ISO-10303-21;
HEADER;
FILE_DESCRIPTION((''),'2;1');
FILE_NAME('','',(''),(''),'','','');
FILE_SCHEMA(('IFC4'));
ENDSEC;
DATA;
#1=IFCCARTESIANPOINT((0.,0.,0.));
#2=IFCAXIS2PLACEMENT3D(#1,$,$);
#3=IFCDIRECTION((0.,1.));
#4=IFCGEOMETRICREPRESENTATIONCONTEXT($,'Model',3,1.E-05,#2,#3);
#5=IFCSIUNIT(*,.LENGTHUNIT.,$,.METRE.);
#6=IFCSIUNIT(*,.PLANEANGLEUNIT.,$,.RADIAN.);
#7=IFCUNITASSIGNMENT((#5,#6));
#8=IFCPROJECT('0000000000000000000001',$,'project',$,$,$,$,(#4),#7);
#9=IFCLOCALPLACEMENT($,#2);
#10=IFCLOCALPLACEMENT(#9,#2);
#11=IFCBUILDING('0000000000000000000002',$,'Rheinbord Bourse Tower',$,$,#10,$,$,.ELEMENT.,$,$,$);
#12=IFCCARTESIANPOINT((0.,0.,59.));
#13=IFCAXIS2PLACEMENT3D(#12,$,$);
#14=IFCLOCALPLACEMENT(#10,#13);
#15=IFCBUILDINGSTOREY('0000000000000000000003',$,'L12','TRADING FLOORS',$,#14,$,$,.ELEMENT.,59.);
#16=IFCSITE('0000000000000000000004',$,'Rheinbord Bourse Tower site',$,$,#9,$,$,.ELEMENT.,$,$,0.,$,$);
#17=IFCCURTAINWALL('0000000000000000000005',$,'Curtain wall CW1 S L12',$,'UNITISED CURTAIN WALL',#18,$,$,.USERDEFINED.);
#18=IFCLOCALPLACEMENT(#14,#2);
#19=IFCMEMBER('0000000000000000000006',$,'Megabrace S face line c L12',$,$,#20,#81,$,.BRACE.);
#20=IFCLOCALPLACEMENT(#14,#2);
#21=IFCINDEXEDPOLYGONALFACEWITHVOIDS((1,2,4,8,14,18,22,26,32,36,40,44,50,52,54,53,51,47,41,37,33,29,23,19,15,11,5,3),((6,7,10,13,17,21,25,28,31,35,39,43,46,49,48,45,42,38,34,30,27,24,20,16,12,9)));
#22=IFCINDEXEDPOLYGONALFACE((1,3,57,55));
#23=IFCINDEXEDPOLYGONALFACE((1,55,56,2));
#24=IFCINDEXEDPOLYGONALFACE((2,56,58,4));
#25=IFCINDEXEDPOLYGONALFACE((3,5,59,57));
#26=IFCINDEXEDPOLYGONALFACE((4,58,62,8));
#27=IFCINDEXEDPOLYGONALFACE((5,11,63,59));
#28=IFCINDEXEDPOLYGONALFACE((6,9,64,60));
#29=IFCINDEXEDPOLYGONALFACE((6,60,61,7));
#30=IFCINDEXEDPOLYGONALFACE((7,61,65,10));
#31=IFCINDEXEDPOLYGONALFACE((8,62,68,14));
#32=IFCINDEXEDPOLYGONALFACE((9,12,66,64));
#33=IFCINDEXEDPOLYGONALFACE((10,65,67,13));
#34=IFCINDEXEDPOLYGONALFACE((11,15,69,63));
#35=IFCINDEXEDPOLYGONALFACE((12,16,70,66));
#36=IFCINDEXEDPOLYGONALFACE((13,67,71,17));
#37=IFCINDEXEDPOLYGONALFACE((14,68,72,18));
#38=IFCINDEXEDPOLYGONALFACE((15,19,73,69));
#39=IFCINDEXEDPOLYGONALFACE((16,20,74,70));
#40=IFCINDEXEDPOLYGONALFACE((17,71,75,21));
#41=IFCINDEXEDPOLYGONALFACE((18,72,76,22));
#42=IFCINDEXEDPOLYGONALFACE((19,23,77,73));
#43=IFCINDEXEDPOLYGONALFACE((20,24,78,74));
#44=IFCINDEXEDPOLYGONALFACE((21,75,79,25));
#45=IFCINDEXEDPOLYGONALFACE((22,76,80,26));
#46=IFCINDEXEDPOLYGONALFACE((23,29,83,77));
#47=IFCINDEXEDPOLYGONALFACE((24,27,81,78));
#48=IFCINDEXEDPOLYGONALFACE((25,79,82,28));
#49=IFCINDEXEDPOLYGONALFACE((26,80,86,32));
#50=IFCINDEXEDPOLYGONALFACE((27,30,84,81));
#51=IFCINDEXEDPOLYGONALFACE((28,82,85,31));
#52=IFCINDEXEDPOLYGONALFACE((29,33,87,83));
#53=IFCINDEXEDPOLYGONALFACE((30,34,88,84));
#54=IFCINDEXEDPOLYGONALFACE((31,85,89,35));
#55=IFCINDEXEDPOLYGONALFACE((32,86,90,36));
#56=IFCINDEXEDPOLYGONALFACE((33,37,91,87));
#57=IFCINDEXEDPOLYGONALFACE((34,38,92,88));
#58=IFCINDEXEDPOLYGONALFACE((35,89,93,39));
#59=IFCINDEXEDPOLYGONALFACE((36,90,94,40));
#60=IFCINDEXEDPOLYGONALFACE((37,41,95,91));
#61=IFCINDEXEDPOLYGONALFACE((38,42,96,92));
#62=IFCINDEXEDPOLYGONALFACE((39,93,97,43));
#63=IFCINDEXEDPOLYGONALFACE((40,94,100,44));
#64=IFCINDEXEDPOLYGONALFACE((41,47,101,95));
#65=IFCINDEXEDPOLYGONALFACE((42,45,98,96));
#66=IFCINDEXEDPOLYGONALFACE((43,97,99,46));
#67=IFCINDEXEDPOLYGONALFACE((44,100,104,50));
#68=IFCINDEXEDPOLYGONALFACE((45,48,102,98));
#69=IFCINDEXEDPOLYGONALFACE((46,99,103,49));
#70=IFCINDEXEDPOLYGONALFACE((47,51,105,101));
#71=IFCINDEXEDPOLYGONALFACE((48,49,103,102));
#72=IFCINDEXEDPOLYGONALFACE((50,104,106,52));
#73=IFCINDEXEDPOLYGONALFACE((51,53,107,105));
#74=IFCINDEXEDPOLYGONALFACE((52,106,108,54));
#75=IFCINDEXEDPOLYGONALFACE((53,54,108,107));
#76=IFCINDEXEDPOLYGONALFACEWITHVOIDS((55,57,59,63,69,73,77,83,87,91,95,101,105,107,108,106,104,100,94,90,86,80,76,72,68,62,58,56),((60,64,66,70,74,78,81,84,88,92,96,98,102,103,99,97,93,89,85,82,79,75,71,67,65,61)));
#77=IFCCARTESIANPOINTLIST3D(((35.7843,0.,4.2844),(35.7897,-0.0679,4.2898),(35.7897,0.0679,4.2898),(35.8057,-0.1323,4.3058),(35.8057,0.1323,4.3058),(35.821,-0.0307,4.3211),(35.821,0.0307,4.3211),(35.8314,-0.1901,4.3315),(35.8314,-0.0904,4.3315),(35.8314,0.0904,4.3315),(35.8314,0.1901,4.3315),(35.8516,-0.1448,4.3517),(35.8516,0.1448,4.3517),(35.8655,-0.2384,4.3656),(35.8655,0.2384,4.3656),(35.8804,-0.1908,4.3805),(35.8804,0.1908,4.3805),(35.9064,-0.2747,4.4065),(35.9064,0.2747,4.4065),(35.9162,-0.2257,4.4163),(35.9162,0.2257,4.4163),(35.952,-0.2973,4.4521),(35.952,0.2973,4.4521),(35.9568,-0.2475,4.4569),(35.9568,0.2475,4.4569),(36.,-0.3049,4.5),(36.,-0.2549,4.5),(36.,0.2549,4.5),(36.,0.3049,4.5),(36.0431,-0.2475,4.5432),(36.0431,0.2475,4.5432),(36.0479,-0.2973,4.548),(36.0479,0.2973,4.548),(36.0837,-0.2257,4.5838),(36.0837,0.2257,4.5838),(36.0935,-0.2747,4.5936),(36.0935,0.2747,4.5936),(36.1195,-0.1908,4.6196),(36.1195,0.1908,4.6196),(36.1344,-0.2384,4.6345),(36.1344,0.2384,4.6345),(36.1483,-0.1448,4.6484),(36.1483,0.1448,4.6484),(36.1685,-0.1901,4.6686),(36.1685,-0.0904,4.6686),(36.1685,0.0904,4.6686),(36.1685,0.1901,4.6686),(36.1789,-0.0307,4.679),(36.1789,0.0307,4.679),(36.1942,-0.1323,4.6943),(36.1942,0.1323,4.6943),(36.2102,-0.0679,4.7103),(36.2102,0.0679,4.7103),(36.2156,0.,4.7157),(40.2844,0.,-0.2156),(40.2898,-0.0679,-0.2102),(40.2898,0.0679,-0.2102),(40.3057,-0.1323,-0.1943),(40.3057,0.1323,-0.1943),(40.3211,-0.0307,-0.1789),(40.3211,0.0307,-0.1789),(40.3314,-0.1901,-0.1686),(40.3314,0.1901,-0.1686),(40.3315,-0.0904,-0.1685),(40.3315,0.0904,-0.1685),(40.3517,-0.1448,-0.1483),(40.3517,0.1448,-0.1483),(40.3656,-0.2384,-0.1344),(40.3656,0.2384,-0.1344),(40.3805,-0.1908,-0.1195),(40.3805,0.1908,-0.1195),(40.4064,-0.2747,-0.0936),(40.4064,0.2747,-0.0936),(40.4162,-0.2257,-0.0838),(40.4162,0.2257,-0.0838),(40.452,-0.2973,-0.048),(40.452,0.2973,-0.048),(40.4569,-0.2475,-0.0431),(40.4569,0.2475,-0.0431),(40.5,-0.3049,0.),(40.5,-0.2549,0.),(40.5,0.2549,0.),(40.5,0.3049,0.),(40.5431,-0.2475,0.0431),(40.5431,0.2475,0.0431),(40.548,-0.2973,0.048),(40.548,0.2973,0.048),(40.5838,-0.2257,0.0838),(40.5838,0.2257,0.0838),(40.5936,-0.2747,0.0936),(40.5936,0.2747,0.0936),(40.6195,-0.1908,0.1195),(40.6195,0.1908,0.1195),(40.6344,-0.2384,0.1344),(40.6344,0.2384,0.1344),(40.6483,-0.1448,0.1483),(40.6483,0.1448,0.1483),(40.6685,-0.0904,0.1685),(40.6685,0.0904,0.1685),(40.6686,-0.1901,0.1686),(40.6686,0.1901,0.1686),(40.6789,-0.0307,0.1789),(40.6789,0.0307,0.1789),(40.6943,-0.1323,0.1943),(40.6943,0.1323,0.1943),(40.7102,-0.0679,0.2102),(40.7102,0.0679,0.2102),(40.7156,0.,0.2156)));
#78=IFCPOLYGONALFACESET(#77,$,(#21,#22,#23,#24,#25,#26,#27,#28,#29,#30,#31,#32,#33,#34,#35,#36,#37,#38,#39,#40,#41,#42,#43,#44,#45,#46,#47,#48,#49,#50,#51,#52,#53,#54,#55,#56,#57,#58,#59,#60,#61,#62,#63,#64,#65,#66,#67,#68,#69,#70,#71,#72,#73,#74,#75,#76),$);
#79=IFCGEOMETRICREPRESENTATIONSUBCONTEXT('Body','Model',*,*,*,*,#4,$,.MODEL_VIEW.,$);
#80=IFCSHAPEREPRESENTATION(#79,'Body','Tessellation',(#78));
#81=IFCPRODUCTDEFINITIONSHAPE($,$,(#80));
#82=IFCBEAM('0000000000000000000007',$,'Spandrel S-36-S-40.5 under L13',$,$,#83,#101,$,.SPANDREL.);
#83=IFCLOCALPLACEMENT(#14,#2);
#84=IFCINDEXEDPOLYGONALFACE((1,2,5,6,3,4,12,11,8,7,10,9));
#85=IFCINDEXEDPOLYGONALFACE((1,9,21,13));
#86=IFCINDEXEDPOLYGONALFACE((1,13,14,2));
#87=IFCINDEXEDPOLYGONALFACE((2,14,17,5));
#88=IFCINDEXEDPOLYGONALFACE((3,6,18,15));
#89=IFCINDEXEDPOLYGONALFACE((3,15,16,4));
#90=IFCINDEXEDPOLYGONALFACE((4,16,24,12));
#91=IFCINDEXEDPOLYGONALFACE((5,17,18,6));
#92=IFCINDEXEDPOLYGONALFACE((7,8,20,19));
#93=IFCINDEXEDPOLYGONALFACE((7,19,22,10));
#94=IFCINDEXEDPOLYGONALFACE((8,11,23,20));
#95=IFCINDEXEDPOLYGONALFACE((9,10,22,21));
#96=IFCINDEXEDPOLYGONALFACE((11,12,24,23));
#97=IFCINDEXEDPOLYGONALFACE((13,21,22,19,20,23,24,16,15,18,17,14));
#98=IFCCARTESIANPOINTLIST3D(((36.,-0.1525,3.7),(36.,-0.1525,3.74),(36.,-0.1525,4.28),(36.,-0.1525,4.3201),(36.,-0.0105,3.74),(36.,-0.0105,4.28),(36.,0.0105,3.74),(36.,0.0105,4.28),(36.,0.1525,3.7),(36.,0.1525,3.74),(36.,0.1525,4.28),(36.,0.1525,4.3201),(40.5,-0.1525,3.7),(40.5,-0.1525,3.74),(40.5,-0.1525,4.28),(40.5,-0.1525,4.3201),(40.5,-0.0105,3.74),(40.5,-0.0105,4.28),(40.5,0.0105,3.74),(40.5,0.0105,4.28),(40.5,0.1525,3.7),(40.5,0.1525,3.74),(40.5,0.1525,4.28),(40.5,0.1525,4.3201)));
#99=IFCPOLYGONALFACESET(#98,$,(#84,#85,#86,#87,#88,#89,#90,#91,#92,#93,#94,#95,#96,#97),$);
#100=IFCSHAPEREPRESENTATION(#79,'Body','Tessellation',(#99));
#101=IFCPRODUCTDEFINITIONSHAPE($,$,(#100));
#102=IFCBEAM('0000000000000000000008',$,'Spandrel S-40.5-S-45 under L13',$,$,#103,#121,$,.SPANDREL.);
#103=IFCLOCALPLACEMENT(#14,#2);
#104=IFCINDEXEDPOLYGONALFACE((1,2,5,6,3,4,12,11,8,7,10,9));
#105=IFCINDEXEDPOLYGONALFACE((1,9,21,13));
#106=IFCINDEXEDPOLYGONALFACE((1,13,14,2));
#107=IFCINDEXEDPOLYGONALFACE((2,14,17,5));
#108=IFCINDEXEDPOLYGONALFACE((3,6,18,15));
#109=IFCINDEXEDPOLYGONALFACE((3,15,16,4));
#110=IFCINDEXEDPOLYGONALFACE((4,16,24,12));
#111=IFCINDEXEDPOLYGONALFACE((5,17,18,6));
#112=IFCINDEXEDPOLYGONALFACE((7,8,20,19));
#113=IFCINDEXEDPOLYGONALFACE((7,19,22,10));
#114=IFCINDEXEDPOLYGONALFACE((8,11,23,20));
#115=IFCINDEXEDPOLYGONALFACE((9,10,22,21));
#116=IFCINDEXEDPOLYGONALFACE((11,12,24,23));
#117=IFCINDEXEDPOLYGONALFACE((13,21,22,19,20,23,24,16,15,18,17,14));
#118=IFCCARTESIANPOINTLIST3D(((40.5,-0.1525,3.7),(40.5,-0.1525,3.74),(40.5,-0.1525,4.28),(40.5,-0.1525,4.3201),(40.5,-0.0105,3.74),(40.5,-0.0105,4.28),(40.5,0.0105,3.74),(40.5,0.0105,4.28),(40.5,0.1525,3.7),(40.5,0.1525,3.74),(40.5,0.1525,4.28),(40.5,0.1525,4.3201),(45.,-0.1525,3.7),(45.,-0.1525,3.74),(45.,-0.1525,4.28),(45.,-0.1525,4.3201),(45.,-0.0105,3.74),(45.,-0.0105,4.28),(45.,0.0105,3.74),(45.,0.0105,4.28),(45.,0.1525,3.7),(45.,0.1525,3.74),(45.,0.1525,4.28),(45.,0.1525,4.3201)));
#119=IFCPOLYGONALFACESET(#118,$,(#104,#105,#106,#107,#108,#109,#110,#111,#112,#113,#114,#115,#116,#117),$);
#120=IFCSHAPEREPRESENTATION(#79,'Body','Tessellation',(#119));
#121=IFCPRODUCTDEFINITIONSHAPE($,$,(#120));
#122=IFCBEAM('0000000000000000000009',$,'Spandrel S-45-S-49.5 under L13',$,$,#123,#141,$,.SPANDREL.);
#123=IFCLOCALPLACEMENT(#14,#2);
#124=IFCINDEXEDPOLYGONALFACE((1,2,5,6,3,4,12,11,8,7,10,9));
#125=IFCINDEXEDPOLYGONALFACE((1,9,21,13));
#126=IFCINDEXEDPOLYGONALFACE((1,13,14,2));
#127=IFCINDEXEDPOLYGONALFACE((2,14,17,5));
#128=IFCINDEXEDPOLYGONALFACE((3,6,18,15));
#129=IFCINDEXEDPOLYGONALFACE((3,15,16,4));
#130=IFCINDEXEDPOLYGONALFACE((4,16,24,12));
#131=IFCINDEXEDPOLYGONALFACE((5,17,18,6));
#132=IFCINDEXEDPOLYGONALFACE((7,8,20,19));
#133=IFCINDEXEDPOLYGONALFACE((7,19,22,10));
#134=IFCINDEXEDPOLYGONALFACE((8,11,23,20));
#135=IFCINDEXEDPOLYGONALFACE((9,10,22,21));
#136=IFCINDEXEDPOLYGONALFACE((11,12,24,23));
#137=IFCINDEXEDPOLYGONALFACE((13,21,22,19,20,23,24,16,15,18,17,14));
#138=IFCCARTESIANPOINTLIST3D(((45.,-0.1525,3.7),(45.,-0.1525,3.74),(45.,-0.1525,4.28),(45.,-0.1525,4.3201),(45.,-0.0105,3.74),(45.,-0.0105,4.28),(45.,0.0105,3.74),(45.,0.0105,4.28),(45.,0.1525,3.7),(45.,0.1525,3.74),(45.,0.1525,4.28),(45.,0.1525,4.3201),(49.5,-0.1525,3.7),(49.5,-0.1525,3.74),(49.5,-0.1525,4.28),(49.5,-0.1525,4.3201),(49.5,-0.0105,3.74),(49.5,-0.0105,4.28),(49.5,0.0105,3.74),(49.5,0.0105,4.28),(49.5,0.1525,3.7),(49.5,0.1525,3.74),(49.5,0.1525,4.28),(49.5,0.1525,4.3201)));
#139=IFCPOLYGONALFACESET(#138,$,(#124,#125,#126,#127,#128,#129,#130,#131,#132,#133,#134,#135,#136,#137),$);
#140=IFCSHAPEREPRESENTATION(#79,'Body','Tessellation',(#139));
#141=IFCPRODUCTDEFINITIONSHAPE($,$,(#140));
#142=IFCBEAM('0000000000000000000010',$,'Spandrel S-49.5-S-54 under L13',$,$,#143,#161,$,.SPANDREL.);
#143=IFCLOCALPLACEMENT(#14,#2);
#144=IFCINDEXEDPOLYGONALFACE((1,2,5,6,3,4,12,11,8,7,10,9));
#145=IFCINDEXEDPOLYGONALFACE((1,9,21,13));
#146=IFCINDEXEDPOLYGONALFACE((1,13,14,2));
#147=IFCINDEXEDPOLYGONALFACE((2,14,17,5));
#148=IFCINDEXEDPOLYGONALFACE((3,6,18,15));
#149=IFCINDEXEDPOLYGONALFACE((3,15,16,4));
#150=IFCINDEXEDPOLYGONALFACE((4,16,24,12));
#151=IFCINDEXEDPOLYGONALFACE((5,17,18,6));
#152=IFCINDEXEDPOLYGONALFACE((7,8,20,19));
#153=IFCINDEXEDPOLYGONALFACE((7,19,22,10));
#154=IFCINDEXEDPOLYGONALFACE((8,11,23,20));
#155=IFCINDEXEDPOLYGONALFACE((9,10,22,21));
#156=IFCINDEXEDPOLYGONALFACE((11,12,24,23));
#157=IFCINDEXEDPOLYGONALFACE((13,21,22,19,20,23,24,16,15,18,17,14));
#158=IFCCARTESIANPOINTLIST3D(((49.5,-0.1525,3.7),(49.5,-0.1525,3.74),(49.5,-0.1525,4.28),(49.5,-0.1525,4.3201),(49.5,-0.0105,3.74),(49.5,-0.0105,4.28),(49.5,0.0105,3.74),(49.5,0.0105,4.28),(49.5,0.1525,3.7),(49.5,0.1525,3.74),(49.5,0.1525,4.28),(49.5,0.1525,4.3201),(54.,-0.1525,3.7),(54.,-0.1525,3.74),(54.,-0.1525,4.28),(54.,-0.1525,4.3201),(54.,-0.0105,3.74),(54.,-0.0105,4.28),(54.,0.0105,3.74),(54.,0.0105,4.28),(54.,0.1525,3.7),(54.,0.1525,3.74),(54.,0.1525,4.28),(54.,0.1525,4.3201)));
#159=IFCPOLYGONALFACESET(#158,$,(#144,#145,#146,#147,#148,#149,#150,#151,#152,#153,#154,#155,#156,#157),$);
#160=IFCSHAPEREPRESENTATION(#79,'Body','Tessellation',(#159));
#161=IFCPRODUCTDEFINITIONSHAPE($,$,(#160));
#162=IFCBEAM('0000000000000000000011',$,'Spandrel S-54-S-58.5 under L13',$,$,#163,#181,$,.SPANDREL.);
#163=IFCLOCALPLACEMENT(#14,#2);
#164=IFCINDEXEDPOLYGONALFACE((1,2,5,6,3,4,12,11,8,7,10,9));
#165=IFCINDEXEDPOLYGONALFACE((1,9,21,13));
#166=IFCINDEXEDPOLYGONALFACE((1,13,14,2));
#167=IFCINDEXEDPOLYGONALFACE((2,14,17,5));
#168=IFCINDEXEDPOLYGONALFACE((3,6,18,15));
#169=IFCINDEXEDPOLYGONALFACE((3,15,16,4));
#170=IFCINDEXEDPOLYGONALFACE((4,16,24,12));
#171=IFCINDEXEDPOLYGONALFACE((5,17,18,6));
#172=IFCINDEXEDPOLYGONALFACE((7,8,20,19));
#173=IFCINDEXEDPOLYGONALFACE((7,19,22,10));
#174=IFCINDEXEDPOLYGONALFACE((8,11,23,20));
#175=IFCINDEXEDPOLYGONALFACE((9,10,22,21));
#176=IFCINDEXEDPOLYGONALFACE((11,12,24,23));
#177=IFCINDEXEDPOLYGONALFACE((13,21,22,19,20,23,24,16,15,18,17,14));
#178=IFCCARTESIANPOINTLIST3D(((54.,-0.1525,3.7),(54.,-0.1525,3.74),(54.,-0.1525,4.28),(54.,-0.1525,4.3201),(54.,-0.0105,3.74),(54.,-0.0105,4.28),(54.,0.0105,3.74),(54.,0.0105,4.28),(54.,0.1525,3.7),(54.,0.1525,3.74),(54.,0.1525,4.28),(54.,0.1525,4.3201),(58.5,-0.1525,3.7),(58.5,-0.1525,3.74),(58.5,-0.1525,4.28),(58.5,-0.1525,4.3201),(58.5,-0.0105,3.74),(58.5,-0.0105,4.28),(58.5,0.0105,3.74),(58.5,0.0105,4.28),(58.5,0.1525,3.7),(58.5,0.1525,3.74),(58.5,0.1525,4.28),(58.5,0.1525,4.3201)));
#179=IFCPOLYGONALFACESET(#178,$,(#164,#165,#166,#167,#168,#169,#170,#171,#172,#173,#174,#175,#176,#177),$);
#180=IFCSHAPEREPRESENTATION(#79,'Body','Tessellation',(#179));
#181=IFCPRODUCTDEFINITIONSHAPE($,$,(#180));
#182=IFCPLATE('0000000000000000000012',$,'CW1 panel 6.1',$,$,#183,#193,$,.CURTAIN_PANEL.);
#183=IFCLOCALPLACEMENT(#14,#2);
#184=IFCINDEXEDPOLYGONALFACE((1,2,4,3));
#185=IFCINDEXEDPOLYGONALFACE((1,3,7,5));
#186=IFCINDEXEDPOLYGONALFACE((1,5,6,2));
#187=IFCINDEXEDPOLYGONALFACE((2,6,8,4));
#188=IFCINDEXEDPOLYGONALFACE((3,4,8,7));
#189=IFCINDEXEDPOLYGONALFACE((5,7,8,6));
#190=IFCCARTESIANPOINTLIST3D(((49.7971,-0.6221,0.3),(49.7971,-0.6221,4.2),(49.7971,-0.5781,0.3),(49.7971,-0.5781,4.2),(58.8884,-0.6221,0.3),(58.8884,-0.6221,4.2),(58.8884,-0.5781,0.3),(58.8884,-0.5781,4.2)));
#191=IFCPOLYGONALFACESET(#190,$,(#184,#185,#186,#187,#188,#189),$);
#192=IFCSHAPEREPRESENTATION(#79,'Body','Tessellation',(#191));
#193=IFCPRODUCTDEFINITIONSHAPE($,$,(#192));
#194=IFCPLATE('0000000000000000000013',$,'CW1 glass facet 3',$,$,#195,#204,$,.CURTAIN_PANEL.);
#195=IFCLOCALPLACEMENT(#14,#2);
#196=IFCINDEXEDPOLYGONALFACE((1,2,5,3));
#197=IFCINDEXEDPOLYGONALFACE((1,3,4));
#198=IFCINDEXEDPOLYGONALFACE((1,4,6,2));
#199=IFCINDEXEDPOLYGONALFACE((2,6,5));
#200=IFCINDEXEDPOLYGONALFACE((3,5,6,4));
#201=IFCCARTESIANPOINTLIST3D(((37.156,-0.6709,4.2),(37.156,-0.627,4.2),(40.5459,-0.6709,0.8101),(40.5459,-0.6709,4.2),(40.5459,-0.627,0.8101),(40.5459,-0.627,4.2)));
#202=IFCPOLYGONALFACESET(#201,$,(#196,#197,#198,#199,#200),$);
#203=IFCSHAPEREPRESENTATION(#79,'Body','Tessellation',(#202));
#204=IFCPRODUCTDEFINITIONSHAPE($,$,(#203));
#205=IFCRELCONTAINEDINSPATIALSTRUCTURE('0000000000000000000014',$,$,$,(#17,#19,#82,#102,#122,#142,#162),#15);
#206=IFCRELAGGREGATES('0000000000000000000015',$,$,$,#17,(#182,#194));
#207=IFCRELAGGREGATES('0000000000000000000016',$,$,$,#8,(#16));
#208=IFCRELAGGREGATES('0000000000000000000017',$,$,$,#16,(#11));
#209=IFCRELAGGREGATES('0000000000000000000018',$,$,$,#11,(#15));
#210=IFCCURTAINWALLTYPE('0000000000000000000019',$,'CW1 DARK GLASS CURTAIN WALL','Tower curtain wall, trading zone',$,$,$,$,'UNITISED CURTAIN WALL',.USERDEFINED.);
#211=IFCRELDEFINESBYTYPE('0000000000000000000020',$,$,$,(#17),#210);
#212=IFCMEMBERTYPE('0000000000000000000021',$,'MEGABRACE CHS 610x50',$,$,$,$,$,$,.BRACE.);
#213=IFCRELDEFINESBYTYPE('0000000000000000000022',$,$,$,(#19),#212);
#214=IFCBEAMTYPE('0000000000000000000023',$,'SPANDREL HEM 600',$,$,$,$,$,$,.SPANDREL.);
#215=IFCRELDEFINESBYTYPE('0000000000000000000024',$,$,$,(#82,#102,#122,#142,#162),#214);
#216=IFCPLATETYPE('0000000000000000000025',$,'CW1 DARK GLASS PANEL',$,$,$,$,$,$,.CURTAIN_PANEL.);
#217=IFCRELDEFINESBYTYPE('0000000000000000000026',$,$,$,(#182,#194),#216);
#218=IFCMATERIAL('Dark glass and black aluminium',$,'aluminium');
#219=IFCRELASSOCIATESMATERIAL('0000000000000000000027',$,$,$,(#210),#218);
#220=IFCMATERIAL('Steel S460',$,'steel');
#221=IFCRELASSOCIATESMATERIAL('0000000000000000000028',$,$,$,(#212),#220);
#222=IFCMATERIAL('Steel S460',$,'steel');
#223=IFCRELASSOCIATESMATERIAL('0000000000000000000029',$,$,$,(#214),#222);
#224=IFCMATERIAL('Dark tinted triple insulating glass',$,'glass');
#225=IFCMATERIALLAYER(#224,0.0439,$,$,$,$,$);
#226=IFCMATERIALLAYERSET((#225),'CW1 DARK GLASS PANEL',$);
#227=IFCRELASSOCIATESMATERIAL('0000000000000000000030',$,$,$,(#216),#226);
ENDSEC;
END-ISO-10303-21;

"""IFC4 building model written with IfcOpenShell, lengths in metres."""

from ifc_helpers import new_model, si_unit, direction, frame, origin, origin_2d, place, context, subcontext, project, spatial, polyline, rectangle, hollow_circle, i_section, outline, extrude, material, layer, layer_set, material_profile, profile_set, type_object, element, aggregate, save


model = new_model("IFC4")

# Units and contexts
model_context = context("Model", 3, precision=1e-05, world=origin(), true_north=direction((0.0, 1.0)))
body_context = subcontext(model_context, "Body", "Model", "MODEL_VIEW")
ifc_project = project(units=[si_unit("LENGTHUNIT", "METRE"), si_unit("PLANEANGLEUNIT", "RADIAN")], contexts=[model_context])

# Site, building, storey
site_placement = place(None, origin())
site = spatial("IfcSite", under=ifc_project, at=site_placement, Name="Rheinbord Bourse Tower site", CompositionType="ELEMENT", RefElevation=0.0)
building_placement = place(site_placement, origin())
building = spatial("IfcBuilding", under=site, at=building_placement, Name="Rheinbord Bourse Tower", CompositionType="ELEMENT")
storey_placement = place(building_placement, frame((0.0, 0.0, 59.0)))
storey = spatial("IfcBuildingStorey", under=building, at=storey_placement, Name="L12", Description="TRADING FLOORS", CompositionType="ELEMENT", Elevation=59.0)

# Curtain wall
ifc_material_1 = material(Name="Dark glass and black aluminium", Category="aluminium")
curtain_wall_type = type_object("IfcCurtainWallType", Name="CW1 DARK GLASS CURTAIN WALL", Description="Tower curtain wall, trading zone", ElementType="UNITISED CURTAIN WALL", PredefinedType="USERDEFINED", material=ifc_material_1)
curtain_wall_placement = place(storey_placement, origin())
curtain_wall = element("IfcCurtainWall", 1, at=curtain_wall_placement, inside=storey, type_object=curtain_wall_type, Name="Curtain wall CW1 S L12", ObjectType="UNITISED CURTAIN WALL", PredefinedType="USERDEFINED")

# Member
ifc_material_2 = material(Name="Steel S460", Category="steel")
ifc_material_profile_1 = material_profile(ifc_material_2, hollow_circle(Radius=0.3049, WallThickness=0.05, at=origin_2d()), Name="CHS 610x50")
ifc_profile_set_1 = profile_set([ifc_material_profile_1], Name="Steel S460")
member_type_1 = type_object("IfcMemberType", Name="MEGABRACE CHS 610x50", PredefinedType="BRACE", material=ifc_profile_set_1)
member_1_placement = place(storey_placement, frame((40.5, 0.0, 0.0), z_axis=(-0.707107, 0.0, 0.707107), x_axis=(0.0, -1.0, 0.0)))
element("IfcMember", 2, at=member_1_placement, inside=storey, type_object=member_type_1, Name="Megabrace S face line c L12", PredefinedType="BRACE", context=body_context, shape_type="SweptSolid", body=[
    extrude(hollow_circle(Radius=0.3049, WallThickness=0.05, at=origin_2d()), origin(), (0.0, 0.0, 1.0), 6.364),
])

# Beams
ifc_material_3 = material(Name="Steel S460", Category="steel")
ifc_material_profile_2 = material_profile(ifc_material_3, i_section(OverallWidth=0.3049, OverallDepth=0.6201, WebThickness=0.021, FlangeThickness=0.04, at=origin_2d()), Name="HEM 600")
ifc_profile_set_2 = profile_set([ifc_material_profile_2], Name="Steel S460")
beam_type_1 = type_object("IfcBeamType", Name="SPANDREL HEM 600", PredefinedType="SPANDREL", material=ifc_profile_set_2)
for number, where, z_axis, x_axis, name in (
    (3, (36.0, 0.0, 4.01), (1.0, 0.0, 0.0), (0.0, 1.0, 0.0), "Spandrel S-36-S-40.5 under L13"),
    (4, (40.5, 0.0, 4.01), (1.0, 0.0, 0.0), (0.0, 1.0, 0.0), "Spandrel S-40.5-S-45 under L13"),
    (5, (45.0, 0.0, 4.01), (1.0, 0.0, 0.0), (0.0, 1.0, 0.0), "Spandrel S-45-S-49.5 under L13"),
    (6, (49.5, 0.0, 4.01), (1.0, 0.0, 0.0), (0.0, 1.0, 0.0), "Spandrel S-49.5-S-54 under L13"),
    (7, (54.0, 0.0, 4.01), (1.0, 0.0, 0.0), (0.0, 1.0, 0.0), "Spandrel S-54-S-58.5 under L13"),
):
    element("IfcBeam", number, at=place(storey_placement, frame(where, z_axis=z_axis, x_axis=x_axis)), inside=storey, type_object=beam_type_1, Name=name, PredefinedType="SPANDREL", context=body_context, shape_type="SweptSolid", body=[
        extrude(i_section(OverallWidth=0.3049, OverallDepth=0.6201, WebThickness=0.021, FlangeThickness=0.04, at=origin_2d()), origin(), (0.0, 0.0, 1.0), 4.5),
    ])

# Plates
ifc_material_4 = material(Name="Dark tinted triple insulating glass", Category="glass")
ifc_layer_1 = layer(ifc_material_4, 0.0439)
ifc_layer_set_1 = layer_set([ifc_layer_1], Name="CW1 DARK GLASS PANEL")
plate_type = type_object("IfcPlateType", Name="CW1 DARK GLASS PANEL", PredefinedType="CURTAIN_PANEL", material=ifc_layer_set_1)
plate_1_placement = place(storey_placement, frame((54.3428, -0.6001, 0.3), z_axis=(0.0, 0.0, 1.0), x_axis=(1.0, 0.0, 0.0)))
plate_1 = element("IfcPlate", 8, at=plate_1_placement, type_object=plate_type, Name="CW1 panel 6.1", PredefinedType="CURTAIN_PANEL", context=body_context, shape_type="SweptSolid", body=[
    extrude(rectangle(XDim=9.0913, YDim=0.0439, at=origin_2d()), origin(), (0.0, 0.0, 1.0), 3.8999),
])
plate_2_placement = place(storey_placement, frame((40.5459, -0.6709, 4.2), z_axis=(0.0, 1.0, 0.0), x_axis=(0.0, 0.0, -1.0)))
plate_2 = element("IfcPlate", 9, at=plate_2_placement, type_object=plate_type, Name="CW1 glass facet 3", PredefinedType="CURTAIN_PANEL", context=body_context, shape_type="SweptSolid", body=[
    extrude(outline(polyline([(0.0, 0.0), (3.3899, 0.0), (0.0, 3.3899), (0.0, 0.0)])), origin(), (0.0, 0.0, 1.0), 0.0439),
])
aggregate(curtain_wall, [plate_1, plate_2])

save(model, "model.ifc")
